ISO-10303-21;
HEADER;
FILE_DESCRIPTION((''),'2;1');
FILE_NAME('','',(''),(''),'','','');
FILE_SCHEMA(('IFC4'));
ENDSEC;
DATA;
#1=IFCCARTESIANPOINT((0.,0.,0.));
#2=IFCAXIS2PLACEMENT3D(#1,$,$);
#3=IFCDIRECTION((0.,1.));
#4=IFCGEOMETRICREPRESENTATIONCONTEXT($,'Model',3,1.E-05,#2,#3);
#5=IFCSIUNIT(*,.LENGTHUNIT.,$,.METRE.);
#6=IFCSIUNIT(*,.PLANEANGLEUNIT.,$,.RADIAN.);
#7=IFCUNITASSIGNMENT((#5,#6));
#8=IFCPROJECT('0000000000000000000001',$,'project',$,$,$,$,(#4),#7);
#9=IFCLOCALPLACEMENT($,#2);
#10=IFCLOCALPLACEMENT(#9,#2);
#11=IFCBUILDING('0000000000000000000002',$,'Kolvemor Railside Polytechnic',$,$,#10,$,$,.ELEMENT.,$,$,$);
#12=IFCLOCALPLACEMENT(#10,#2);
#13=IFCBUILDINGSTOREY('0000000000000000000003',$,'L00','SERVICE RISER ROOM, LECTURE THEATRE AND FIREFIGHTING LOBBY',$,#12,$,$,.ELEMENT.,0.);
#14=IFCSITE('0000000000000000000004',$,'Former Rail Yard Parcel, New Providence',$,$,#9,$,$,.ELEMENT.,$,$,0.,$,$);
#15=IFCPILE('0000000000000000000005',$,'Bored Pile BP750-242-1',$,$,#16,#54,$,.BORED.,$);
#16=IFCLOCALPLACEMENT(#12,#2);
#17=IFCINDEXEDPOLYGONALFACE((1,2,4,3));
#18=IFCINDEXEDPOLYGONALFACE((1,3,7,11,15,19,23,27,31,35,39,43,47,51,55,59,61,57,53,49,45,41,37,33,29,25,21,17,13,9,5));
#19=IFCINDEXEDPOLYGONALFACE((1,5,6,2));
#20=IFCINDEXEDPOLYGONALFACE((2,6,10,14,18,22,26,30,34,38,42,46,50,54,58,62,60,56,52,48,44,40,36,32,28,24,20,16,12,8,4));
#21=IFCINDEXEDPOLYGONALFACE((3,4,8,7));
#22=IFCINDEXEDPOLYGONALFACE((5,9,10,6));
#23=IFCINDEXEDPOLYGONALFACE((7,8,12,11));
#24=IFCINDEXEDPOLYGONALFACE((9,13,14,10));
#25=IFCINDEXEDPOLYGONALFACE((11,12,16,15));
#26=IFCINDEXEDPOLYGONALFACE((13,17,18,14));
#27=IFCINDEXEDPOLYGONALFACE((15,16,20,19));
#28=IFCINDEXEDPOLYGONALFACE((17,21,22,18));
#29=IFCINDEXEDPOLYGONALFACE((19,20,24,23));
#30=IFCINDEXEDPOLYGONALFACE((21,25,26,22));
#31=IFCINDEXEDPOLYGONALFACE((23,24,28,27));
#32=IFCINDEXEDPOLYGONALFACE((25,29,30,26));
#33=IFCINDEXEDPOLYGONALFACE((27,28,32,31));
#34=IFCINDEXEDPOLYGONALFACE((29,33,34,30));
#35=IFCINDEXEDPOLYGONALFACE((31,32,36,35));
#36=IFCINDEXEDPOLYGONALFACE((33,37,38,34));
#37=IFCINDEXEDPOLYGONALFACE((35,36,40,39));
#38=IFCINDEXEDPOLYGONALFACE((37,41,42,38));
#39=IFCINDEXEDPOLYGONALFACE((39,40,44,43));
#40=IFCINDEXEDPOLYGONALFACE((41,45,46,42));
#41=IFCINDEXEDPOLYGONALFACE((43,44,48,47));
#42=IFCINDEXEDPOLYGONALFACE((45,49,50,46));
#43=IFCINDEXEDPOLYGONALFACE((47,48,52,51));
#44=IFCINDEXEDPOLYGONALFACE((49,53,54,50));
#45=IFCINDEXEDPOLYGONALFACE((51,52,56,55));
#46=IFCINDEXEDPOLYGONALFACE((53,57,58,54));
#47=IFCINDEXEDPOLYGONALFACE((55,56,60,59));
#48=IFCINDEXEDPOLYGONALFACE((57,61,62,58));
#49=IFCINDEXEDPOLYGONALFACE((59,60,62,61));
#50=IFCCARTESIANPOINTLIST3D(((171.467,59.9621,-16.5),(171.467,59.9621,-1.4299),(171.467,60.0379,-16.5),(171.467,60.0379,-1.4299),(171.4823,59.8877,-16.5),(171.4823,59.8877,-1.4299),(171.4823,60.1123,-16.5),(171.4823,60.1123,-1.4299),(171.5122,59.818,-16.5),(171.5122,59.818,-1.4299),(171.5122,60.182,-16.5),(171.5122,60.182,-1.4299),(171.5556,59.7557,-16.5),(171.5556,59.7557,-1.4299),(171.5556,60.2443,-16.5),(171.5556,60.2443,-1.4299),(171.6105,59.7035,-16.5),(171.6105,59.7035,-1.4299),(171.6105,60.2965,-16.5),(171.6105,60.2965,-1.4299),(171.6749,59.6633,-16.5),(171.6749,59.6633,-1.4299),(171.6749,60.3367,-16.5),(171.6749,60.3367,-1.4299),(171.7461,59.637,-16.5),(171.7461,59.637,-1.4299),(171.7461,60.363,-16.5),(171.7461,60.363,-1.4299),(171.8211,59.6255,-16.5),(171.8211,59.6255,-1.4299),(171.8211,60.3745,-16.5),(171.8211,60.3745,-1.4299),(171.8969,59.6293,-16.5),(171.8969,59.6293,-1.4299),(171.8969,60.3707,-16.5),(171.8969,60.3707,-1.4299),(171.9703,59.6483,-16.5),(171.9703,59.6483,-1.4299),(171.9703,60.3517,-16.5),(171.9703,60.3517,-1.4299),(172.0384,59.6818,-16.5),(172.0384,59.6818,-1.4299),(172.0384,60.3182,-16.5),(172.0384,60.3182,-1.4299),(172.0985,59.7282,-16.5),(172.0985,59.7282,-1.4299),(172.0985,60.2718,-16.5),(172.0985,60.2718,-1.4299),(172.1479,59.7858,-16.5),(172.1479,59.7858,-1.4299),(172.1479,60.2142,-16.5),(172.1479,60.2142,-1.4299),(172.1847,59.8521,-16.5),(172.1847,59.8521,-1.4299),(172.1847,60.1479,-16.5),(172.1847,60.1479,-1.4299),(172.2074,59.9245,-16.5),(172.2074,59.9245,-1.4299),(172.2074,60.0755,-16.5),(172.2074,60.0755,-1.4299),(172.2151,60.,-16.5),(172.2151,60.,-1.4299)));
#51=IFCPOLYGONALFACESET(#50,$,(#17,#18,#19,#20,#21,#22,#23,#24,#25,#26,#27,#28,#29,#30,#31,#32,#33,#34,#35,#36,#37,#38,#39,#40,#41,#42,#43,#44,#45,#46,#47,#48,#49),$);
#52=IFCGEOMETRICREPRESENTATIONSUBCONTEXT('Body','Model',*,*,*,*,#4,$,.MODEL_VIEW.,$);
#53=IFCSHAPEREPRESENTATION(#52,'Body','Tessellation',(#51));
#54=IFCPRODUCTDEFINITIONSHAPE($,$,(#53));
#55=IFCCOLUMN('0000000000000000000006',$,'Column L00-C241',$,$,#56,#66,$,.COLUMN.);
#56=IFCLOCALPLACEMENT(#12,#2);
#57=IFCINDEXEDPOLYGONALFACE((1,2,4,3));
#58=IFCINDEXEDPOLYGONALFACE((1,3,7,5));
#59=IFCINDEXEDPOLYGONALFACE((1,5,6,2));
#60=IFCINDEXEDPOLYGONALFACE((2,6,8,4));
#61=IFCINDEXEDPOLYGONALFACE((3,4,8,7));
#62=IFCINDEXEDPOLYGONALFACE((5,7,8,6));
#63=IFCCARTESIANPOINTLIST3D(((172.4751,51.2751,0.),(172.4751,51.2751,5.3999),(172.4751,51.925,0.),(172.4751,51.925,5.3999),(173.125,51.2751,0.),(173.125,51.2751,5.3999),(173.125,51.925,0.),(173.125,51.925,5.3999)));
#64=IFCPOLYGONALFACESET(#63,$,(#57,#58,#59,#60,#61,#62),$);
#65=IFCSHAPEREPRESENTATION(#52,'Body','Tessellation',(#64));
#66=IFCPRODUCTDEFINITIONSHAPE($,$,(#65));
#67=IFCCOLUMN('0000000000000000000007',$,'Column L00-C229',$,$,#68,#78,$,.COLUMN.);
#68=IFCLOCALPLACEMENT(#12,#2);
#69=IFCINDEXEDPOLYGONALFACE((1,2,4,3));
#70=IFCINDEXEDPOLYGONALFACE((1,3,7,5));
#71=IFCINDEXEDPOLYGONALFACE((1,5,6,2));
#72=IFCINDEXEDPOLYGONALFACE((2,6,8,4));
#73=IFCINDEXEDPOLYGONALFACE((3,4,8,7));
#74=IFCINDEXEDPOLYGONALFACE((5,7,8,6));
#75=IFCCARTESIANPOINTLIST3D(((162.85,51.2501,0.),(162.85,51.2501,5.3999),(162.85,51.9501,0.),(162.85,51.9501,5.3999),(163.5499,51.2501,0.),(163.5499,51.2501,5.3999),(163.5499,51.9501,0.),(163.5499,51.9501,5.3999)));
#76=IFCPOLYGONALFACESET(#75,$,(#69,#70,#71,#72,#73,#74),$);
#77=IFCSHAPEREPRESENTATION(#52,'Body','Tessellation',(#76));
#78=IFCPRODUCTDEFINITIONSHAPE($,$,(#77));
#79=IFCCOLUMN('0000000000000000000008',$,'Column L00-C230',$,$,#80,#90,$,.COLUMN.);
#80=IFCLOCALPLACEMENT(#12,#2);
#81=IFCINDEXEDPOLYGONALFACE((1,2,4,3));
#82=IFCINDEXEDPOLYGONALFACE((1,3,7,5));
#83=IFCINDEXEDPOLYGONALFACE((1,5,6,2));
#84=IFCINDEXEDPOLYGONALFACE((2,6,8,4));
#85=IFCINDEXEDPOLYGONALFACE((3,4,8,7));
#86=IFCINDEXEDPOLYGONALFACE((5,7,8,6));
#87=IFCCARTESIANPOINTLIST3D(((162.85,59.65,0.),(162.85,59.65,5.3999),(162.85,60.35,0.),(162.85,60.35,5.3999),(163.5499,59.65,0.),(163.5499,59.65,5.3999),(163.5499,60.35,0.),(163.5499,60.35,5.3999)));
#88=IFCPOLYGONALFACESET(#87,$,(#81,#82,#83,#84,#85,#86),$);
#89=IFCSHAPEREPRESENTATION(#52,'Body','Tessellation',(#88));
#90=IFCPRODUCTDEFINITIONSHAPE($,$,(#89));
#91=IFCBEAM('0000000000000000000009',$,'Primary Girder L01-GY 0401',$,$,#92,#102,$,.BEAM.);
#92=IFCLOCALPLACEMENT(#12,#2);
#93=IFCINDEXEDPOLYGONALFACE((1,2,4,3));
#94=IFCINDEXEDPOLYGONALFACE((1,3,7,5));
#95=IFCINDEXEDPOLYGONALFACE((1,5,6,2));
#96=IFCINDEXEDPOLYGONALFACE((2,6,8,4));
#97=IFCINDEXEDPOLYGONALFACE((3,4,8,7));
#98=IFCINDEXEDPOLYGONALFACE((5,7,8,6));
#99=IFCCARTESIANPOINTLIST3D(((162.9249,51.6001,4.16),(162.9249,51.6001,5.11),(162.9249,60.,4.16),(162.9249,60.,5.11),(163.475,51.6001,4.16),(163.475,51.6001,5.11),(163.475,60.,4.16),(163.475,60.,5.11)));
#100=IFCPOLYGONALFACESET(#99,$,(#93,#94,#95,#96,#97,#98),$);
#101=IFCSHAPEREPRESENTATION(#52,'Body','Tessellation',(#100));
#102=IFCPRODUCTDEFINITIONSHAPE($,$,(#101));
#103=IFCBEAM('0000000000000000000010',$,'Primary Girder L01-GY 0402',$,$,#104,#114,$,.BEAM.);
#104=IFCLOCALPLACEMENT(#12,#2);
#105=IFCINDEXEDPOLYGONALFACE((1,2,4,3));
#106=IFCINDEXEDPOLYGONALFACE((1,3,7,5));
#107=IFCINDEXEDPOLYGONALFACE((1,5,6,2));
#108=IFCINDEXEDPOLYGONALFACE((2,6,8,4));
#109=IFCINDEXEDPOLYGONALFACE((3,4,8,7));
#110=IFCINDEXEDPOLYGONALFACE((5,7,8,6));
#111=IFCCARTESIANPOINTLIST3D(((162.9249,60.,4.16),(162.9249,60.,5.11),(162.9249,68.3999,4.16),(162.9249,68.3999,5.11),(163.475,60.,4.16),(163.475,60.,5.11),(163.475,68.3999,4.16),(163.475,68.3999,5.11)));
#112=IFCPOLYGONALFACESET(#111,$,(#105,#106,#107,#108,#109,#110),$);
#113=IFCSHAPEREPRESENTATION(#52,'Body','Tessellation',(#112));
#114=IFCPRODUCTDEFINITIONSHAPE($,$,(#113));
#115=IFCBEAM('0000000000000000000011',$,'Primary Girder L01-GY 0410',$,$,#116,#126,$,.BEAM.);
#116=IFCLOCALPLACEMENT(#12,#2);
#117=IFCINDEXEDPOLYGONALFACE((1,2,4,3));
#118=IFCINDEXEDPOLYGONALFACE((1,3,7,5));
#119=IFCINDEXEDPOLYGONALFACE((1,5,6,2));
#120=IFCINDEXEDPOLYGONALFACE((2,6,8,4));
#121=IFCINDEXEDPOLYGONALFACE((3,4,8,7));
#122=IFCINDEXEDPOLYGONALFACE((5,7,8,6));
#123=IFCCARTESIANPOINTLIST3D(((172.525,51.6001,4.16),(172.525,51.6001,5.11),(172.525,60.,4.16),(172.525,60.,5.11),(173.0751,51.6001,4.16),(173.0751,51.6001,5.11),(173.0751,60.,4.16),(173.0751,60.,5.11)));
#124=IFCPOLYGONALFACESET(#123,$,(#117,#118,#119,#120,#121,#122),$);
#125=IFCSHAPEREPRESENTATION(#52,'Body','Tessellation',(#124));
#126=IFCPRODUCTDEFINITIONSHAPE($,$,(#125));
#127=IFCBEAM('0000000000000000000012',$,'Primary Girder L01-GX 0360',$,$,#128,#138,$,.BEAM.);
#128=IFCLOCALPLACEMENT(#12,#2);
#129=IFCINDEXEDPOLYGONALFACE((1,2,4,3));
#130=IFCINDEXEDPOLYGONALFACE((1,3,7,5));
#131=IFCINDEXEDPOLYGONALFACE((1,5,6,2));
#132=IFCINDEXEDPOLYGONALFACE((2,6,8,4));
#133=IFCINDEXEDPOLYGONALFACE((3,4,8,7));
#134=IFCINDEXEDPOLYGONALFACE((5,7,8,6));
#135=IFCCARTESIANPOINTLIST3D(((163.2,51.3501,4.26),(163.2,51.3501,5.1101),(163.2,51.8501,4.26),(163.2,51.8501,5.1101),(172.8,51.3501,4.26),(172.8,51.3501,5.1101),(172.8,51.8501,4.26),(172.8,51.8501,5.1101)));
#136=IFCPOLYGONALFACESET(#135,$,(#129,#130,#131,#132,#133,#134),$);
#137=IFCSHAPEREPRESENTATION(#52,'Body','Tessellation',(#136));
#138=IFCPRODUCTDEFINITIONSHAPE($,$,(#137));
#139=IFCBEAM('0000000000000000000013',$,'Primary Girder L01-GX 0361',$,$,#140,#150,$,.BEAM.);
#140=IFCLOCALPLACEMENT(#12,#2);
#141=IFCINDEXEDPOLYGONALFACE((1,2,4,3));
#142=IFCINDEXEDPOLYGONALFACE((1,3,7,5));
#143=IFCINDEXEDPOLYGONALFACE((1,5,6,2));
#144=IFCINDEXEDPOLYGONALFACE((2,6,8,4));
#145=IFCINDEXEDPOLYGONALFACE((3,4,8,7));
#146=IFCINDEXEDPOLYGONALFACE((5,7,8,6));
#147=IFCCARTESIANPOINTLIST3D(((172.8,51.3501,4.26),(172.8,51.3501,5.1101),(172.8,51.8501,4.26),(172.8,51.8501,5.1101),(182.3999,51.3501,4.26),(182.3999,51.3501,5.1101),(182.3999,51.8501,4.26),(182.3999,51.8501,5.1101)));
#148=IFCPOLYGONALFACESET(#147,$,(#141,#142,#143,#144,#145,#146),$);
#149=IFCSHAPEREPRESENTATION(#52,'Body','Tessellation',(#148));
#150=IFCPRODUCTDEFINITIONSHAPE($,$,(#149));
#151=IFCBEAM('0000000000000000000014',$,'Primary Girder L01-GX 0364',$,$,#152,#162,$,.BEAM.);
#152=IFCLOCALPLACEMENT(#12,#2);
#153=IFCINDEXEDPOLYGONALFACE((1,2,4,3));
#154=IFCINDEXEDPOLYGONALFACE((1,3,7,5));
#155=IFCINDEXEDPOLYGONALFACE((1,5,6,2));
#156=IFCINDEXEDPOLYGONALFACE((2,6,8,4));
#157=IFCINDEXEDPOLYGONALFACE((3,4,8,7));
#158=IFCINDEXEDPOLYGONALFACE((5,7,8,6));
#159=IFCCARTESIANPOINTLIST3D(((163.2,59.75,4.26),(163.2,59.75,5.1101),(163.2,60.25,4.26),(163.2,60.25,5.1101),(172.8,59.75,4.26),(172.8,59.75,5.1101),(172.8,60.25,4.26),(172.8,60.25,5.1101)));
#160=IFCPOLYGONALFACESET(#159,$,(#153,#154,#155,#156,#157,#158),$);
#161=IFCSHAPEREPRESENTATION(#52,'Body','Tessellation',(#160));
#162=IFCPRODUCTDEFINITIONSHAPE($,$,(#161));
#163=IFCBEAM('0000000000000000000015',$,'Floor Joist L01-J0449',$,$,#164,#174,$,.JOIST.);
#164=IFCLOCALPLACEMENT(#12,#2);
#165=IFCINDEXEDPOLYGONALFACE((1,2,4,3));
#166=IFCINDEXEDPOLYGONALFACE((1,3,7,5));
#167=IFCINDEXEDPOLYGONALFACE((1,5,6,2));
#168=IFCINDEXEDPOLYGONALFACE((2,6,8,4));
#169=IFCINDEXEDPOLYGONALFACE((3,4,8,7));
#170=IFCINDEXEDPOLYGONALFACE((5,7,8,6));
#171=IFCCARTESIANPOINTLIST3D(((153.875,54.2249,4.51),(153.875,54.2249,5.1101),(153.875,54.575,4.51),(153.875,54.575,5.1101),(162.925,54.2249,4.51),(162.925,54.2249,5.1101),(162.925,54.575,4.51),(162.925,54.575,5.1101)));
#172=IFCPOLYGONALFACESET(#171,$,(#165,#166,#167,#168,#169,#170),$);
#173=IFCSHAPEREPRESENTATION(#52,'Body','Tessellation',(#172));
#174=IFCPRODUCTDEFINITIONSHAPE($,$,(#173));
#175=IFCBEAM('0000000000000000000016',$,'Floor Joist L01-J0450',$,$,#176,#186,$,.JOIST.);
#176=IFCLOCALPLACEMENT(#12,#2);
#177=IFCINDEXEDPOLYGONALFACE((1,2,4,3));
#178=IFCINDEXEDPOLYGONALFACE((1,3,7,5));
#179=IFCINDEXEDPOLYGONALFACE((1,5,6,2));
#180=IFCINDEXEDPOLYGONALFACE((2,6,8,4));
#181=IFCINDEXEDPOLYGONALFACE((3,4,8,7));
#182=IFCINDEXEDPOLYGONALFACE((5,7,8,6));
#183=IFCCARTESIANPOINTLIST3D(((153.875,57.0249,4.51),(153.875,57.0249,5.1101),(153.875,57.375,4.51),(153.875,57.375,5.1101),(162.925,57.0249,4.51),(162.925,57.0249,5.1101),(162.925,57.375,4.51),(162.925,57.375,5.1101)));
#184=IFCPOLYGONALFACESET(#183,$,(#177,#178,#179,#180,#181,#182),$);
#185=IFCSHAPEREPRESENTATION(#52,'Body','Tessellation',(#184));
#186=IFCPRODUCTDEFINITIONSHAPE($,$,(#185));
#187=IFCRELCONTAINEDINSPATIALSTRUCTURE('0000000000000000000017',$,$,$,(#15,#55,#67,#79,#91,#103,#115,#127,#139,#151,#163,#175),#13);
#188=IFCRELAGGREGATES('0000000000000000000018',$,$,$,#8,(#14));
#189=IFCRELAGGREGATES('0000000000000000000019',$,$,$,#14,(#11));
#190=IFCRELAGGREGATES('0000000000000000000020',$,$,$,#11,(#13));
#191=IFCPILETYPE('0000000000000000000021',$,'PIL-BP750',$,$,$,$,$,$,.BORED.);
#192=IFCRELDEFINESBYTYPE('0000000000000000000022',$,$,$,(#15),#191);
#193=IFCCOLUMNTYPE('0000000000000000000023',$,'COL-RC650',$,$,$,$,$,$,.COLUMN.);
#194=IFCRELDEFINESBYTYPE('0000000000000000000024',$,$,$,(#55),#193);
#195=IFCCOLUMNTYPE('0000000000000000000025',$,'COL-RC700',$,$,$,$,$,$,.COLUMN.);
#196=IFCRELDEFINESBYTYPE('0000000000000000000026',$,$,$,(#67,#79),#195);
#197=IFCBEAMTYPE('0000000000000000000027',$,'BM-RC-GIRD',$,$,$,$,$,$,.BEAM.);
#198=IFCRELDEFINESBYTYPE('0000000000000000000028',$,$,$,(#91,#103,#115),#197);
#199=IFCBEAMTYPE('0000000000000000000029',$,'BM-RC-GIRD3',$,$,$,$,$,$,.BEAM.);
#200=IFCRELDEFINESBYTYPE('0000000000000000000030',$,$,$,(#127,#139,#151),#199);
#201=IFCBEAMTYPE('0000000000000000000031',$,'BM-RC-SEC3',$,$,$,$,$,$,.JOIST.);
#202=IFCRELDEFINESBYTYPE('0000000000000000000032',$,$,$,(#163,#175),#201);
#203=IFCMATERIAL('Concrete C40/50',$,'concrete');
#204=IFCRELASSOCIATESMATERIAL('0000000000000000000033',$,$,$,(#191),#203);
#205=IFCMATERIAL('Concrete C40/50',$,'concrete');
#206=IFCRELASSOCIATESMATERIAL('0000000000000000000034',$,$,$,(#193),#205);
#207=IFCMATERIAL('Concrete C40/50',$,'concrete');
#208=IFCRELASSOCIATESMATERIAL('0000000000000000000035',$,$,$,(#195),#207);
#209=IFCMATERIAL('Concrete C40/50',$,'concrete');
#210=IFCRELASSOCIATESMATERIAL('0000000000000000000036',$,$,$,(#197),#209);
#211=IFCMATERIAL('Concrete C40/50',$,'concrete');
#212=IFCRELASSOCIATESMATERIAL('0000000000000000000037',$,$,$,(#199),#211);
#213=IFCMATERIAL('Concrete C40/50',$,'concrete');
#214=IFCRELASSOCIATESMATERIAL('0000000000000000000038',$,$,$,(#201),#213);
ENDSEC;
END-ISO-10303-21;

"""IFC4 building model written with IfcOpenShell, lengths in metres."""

from ifc_helpers import new_model, si_unit, direction, frame, origin, origin_2d, place, context, subcontext, project, spatial, rectangle, circle, extrude, material, material_profile, profile_set, type_object, element, save


model = new_model("IFC4")

# Units and contexts
model_context = context("Model", 3, precision=1e-05, world=origin(), true_north=direction((0.0, 1.0)))
body_context = subcontext(model_context, "Body", "Model", "MODEL_VIEW")
ifc_project = project(units=[si_unit("LENGTHUNIT", "METRE"), si_unit("PLANEANGLEUNIT", "RADIAN")], contexts=[model_context])

# Site, building, storey
site_placement = place(None, origin())
site = spatial("IfcSite", under=ifc_project, at=site_placement, Name="Former Rail Yard Parcel, New Providence", CompositionType="ELEMENT", RefElevation=0.0)
building_placement = place(site_placement, origin())
building = spatial("IfcBuilding", under=site, at=building_placement, Name="Kolvemor Railside Polytechnic", CompositionType="ELEMENT")
storey_placement = place(building_placement, origin())
storey = spatial("IfcBuildingStorey", under=building, at=storey_placement, Name="L00", Description="SERVICE RISER ROOM, LECTURE THEATRE AND FIREFIGHTING LOBBY", CompositionType="ELEMENT", Elevation=0.0)

# Pile
ifc_material_1 = material(Name="Concrete C40/50", Category="concrete")
ifc_material_profile_1 = material_profile(ifc_material_1, circle(Radius=0.375, at=origin_2d()), Name="BP750")
ifc_profile_set_1 = profile_set([ifc_material_profile_1], Name="Concrete C40/50")
pile_type = type_object("IfcPileType", Name="PIL-BP750", PredefinedType="BORED", material=ifc_profile_set_1)
pile_1_placement = place(storey_placement, frame((171.8401, 60.0, -1.4299), z_axis=(0.0, 0.0, -1.0), x_axis=(1.0, 0.0, 0.0)))
element("IfcPile", 1, at=pile_1_placement, inside=storey, type_object=pile_type, Name="Bored Pile BP750-242-1", PredefinedType="BORED", context=body_context, shape_type="SweptSolid", body=[
    extrude(circle(Radius=0.375, at=origin_2d()), origin(), (0.0, 0.0, 1.0), 15.0701),
])

# Columns
ifc_material_2 = material(Name="Concrete C40/50", Category="concrete")
ifc_material_profile_2 = material_profile(ifc_material_2, rectangle(XDim=0.6499, YDim=0.6499, at=origin_2d()), Name="RC650x650")
ifc_profile_set_2 = profile_set([ifc_material_profile_2], Name="Concrete C40/50")
column_type_1 = type_object("IfcColumnType", Name="COL-RC650", PredefinedType="COLUMN", material=ifc_profile_set_2)
column_placement = place(storey_placement, frame((172.8, 51.6001, 0.0), z_axis=(0.0, 0.0, 1.0), x_axis=(1.0, 0.0, 0.0)))
element("IfcColumn", 2, at=column_placement, inside=storey, type_object=column_type_1, Name="Column L00-C241", PredefinedType="COLUMN", context=body_context, shape_type="SweptSolid", body=[
    extrude(rectangle(XDim=0.6499, YDim=0.6499, at=origin_2d()), origin(), (0.0, 0.0, 1.0), 5.3999),
])
ifc_material_3 = material(Name="Concrete C40/50", Category="concrete")
ifc_material_profile_3 = material_profile(ifc_material_3, rectangle(XDim=0.7, YDim=0.7, at=origin_2d()), Name="RC700x700")
ifc_profile_set_3 = profile_set([ifc_material_profile_3], Name="Concrete C40/50")
column_type_2 = type_object("IfcColumnType", Name="COL-RC700", PredefinedType="COLUMN", material=ifc_profile_set_3)
for number, where, z_axis, x_axis, name in (
    (3, (163.2, 51.6001, 0.0), (0.0, 0.0, 1.0), (1.0, 0.0, 0.0), "Column L00-C229"),
    (4, (163.2, 60.0, 0.0), (0.0, 0.0, 1.0), (1.0, 0.0, 0.0), "Column L00-C230"),
):
    element("IfcColumn", number, at=place(storey_placement, frame(where, z_axis=z_axis, x_axis=x_axis)), inside=storey, type_object=column_type_2, Name=name, PredefinedType="COLUMN", context=body_context, shape_type="SweptSolid", body=[
        extrude(rectangle(XDim=0.7, YDim=0.7, at=origin_2d()), origin(), (0.0, 0.0, 1.0), 5.3999),
    ])

# Beams
ifc_material_4 = material(Name="Concrete C40/50", Category="concrete")
ifc_material_profile_4 = material_profile(ifc_material_4, rectangle(XDim=0.55, YDim=0.95, at=origin_2d()), Name="RC550x950")
ifc_profile_set_4 = profile_set([ifc_material_profile_4], Name="Concrete C40/50")
beam_type_1 = type_object("IfcBeamType", Name="BM-RC-GIRD", PredefinedType="BEAM", material=ifc_profile_set_4)
for number, where, z_axis, x_axis, name in (
    (5, (163.2, 51.6001, 4.635), (0.0, 1.0, 0.0), (-1.0, 0.0, 0.0), "Primary Girder L01-GY 0401"),
    (6, (163.2, 60.0, 4.635), (0.0, 1.0, 0.0), (-1.0, 0.0, 0.0), "Primary Girder L01-GY 0402"),
    (7, (172.8, 51.6001, 4.635), (0.0, 1.0, 0.0), (-1.0, 0.0, 0.0), "Primary Girder L01-GY 0410"),
):
    element("IfcBeam", number, at=place(storey_placement, frame(where, z_axis=z_axis, x_axis=x_axis)), inside=storey, type_object=beam_type_1, Name=name, PredefinedType="BEAM", context=body_context, shape_type="SweptSolid", body=[
        extrude(rectangle(XDim=0.55, YDim=0.95, at=origin_2d()), origin(), (0.0, 0.0, 1.0), 8.3999),
    ])
ifc_material_5 = material(Name="Concrete C40/50", Category="concrete")
ifc_material_profile_5 = material_profile(ifc_material_5, rectangle(XDim=0.5, YDim=0.8501, at=origin_2d()), Name="RC500x850")
ifc_profile_set_5 = profile_set([ifc_material_profile_5], Name="Concrete C40/50")
beam_type_2 = type_object("IfcBeamType", Name="BM-RC-GIRD3", PredefinedType="BEAM", material=ifc_profile_set_5)
beam_1_placement = place(storey_placement, frame((163.2, 51.6001, 4.6851), z_axis=(1.0, 0.0, 0.0), x_axis=(0.0, 1.0, 0.0)))
element("IfcBeam", 8, at=beam_1_placement, inside=storey, type_object=beam_type_2, Name="Primary Girder L01-GX 0360", PredefinedType="BEAM", context=body_context, shape_type="SweptSolid", body=[
    extrude(rectangle(XDim=0.5, YDim=0.8501, at=origin_2d()), origin(), (0.0, 0.0, 1.0), 9.6001),
])
beam_2_placement = place(storey_placement, frame((172.8, 51.6001, 4.6851), z_axis=(1.0, 0.0, 0.0), x_axis=(0.0, 1.0, 0.0)))
element("IfcBeam", 9, at=beam_2_placement, inside=storey, type_object=beam_type_2, Name="Primary Girder L01-GX 0361", PredefinedType="BEAM", context=body_context, shape_type="SweptSolid", body=[
    extrude(rectangle(XDim=0.5, YDim=0.8501, at=origin_2d()), origin(), (0.0, 0.0, 1.0), 9.5999),
])
beam_3_placement = place(storey_placement, frame((163.2, 60.0, 4.6851), z_axis=(1.0, 0.0, 0.0), x_axis=(0.0, 1.0, 0.0)))
element("IfcBeam", 10, at=beam_3_placement, inside=storey, type_object=beam_type_2, Name="Primary Girder L01-GX 0364", PredefinedType="BEAM", context=body_context, shape_type="SweptSolid", body=[
    extrude(rectangle(XDim=0.5, YDim=0.8501, at=origin_2d()), origin(), (0.0, 0.0, 1.0), 9.6001),
])
ifc_material_6 = material(Name="Concrete C40/50", Category="concrete")
ifc_material_profile_6 = material_profile(ifc_material_6, rectangle(XDim=0.3501, YDim=0.6001, at=origin_2d()), Name="RC350x600")
ifc_profile_set_6 = profile_set([ifc_material_profile_6], Name="Concrete C40/50")
beam_type_3 = type_object("IfcBeamType", Name="BM-RC-SEC3", PredefinedType="JOIST", material=ifc_profile_set_6)
for number, where, z_axis, x_axis, name in (
    (11, (153.875, 54.3999, 4.8101), (1.0, 0.0, 0.0), (0.0, 1.0, 0.0), "Floor Joist L01-J0449"),
    (12, (153.875, 57.2, 4.8101), (1.0, 0.0, 0.0), (0.0, 1.0, 0.0), "Floor Joist L01-J0450"),
):
    element("IfcBeam", number, at=place(storey_placement, frame(where, z_axis=z_axis, x_axis=x_axis)), inside=storey, type_object=beam_type_3, Name=name, PredefinedType="JOIST", context=body_context, shape_type="SweptSolid", body=[
        extrude(rectangle(XDim=0.3501, YDim=0.6001, at=origin_2d()), origin(), (0.0, 0.0, 1.0), 9.05),
    ])

save(model, "model.ifc")
